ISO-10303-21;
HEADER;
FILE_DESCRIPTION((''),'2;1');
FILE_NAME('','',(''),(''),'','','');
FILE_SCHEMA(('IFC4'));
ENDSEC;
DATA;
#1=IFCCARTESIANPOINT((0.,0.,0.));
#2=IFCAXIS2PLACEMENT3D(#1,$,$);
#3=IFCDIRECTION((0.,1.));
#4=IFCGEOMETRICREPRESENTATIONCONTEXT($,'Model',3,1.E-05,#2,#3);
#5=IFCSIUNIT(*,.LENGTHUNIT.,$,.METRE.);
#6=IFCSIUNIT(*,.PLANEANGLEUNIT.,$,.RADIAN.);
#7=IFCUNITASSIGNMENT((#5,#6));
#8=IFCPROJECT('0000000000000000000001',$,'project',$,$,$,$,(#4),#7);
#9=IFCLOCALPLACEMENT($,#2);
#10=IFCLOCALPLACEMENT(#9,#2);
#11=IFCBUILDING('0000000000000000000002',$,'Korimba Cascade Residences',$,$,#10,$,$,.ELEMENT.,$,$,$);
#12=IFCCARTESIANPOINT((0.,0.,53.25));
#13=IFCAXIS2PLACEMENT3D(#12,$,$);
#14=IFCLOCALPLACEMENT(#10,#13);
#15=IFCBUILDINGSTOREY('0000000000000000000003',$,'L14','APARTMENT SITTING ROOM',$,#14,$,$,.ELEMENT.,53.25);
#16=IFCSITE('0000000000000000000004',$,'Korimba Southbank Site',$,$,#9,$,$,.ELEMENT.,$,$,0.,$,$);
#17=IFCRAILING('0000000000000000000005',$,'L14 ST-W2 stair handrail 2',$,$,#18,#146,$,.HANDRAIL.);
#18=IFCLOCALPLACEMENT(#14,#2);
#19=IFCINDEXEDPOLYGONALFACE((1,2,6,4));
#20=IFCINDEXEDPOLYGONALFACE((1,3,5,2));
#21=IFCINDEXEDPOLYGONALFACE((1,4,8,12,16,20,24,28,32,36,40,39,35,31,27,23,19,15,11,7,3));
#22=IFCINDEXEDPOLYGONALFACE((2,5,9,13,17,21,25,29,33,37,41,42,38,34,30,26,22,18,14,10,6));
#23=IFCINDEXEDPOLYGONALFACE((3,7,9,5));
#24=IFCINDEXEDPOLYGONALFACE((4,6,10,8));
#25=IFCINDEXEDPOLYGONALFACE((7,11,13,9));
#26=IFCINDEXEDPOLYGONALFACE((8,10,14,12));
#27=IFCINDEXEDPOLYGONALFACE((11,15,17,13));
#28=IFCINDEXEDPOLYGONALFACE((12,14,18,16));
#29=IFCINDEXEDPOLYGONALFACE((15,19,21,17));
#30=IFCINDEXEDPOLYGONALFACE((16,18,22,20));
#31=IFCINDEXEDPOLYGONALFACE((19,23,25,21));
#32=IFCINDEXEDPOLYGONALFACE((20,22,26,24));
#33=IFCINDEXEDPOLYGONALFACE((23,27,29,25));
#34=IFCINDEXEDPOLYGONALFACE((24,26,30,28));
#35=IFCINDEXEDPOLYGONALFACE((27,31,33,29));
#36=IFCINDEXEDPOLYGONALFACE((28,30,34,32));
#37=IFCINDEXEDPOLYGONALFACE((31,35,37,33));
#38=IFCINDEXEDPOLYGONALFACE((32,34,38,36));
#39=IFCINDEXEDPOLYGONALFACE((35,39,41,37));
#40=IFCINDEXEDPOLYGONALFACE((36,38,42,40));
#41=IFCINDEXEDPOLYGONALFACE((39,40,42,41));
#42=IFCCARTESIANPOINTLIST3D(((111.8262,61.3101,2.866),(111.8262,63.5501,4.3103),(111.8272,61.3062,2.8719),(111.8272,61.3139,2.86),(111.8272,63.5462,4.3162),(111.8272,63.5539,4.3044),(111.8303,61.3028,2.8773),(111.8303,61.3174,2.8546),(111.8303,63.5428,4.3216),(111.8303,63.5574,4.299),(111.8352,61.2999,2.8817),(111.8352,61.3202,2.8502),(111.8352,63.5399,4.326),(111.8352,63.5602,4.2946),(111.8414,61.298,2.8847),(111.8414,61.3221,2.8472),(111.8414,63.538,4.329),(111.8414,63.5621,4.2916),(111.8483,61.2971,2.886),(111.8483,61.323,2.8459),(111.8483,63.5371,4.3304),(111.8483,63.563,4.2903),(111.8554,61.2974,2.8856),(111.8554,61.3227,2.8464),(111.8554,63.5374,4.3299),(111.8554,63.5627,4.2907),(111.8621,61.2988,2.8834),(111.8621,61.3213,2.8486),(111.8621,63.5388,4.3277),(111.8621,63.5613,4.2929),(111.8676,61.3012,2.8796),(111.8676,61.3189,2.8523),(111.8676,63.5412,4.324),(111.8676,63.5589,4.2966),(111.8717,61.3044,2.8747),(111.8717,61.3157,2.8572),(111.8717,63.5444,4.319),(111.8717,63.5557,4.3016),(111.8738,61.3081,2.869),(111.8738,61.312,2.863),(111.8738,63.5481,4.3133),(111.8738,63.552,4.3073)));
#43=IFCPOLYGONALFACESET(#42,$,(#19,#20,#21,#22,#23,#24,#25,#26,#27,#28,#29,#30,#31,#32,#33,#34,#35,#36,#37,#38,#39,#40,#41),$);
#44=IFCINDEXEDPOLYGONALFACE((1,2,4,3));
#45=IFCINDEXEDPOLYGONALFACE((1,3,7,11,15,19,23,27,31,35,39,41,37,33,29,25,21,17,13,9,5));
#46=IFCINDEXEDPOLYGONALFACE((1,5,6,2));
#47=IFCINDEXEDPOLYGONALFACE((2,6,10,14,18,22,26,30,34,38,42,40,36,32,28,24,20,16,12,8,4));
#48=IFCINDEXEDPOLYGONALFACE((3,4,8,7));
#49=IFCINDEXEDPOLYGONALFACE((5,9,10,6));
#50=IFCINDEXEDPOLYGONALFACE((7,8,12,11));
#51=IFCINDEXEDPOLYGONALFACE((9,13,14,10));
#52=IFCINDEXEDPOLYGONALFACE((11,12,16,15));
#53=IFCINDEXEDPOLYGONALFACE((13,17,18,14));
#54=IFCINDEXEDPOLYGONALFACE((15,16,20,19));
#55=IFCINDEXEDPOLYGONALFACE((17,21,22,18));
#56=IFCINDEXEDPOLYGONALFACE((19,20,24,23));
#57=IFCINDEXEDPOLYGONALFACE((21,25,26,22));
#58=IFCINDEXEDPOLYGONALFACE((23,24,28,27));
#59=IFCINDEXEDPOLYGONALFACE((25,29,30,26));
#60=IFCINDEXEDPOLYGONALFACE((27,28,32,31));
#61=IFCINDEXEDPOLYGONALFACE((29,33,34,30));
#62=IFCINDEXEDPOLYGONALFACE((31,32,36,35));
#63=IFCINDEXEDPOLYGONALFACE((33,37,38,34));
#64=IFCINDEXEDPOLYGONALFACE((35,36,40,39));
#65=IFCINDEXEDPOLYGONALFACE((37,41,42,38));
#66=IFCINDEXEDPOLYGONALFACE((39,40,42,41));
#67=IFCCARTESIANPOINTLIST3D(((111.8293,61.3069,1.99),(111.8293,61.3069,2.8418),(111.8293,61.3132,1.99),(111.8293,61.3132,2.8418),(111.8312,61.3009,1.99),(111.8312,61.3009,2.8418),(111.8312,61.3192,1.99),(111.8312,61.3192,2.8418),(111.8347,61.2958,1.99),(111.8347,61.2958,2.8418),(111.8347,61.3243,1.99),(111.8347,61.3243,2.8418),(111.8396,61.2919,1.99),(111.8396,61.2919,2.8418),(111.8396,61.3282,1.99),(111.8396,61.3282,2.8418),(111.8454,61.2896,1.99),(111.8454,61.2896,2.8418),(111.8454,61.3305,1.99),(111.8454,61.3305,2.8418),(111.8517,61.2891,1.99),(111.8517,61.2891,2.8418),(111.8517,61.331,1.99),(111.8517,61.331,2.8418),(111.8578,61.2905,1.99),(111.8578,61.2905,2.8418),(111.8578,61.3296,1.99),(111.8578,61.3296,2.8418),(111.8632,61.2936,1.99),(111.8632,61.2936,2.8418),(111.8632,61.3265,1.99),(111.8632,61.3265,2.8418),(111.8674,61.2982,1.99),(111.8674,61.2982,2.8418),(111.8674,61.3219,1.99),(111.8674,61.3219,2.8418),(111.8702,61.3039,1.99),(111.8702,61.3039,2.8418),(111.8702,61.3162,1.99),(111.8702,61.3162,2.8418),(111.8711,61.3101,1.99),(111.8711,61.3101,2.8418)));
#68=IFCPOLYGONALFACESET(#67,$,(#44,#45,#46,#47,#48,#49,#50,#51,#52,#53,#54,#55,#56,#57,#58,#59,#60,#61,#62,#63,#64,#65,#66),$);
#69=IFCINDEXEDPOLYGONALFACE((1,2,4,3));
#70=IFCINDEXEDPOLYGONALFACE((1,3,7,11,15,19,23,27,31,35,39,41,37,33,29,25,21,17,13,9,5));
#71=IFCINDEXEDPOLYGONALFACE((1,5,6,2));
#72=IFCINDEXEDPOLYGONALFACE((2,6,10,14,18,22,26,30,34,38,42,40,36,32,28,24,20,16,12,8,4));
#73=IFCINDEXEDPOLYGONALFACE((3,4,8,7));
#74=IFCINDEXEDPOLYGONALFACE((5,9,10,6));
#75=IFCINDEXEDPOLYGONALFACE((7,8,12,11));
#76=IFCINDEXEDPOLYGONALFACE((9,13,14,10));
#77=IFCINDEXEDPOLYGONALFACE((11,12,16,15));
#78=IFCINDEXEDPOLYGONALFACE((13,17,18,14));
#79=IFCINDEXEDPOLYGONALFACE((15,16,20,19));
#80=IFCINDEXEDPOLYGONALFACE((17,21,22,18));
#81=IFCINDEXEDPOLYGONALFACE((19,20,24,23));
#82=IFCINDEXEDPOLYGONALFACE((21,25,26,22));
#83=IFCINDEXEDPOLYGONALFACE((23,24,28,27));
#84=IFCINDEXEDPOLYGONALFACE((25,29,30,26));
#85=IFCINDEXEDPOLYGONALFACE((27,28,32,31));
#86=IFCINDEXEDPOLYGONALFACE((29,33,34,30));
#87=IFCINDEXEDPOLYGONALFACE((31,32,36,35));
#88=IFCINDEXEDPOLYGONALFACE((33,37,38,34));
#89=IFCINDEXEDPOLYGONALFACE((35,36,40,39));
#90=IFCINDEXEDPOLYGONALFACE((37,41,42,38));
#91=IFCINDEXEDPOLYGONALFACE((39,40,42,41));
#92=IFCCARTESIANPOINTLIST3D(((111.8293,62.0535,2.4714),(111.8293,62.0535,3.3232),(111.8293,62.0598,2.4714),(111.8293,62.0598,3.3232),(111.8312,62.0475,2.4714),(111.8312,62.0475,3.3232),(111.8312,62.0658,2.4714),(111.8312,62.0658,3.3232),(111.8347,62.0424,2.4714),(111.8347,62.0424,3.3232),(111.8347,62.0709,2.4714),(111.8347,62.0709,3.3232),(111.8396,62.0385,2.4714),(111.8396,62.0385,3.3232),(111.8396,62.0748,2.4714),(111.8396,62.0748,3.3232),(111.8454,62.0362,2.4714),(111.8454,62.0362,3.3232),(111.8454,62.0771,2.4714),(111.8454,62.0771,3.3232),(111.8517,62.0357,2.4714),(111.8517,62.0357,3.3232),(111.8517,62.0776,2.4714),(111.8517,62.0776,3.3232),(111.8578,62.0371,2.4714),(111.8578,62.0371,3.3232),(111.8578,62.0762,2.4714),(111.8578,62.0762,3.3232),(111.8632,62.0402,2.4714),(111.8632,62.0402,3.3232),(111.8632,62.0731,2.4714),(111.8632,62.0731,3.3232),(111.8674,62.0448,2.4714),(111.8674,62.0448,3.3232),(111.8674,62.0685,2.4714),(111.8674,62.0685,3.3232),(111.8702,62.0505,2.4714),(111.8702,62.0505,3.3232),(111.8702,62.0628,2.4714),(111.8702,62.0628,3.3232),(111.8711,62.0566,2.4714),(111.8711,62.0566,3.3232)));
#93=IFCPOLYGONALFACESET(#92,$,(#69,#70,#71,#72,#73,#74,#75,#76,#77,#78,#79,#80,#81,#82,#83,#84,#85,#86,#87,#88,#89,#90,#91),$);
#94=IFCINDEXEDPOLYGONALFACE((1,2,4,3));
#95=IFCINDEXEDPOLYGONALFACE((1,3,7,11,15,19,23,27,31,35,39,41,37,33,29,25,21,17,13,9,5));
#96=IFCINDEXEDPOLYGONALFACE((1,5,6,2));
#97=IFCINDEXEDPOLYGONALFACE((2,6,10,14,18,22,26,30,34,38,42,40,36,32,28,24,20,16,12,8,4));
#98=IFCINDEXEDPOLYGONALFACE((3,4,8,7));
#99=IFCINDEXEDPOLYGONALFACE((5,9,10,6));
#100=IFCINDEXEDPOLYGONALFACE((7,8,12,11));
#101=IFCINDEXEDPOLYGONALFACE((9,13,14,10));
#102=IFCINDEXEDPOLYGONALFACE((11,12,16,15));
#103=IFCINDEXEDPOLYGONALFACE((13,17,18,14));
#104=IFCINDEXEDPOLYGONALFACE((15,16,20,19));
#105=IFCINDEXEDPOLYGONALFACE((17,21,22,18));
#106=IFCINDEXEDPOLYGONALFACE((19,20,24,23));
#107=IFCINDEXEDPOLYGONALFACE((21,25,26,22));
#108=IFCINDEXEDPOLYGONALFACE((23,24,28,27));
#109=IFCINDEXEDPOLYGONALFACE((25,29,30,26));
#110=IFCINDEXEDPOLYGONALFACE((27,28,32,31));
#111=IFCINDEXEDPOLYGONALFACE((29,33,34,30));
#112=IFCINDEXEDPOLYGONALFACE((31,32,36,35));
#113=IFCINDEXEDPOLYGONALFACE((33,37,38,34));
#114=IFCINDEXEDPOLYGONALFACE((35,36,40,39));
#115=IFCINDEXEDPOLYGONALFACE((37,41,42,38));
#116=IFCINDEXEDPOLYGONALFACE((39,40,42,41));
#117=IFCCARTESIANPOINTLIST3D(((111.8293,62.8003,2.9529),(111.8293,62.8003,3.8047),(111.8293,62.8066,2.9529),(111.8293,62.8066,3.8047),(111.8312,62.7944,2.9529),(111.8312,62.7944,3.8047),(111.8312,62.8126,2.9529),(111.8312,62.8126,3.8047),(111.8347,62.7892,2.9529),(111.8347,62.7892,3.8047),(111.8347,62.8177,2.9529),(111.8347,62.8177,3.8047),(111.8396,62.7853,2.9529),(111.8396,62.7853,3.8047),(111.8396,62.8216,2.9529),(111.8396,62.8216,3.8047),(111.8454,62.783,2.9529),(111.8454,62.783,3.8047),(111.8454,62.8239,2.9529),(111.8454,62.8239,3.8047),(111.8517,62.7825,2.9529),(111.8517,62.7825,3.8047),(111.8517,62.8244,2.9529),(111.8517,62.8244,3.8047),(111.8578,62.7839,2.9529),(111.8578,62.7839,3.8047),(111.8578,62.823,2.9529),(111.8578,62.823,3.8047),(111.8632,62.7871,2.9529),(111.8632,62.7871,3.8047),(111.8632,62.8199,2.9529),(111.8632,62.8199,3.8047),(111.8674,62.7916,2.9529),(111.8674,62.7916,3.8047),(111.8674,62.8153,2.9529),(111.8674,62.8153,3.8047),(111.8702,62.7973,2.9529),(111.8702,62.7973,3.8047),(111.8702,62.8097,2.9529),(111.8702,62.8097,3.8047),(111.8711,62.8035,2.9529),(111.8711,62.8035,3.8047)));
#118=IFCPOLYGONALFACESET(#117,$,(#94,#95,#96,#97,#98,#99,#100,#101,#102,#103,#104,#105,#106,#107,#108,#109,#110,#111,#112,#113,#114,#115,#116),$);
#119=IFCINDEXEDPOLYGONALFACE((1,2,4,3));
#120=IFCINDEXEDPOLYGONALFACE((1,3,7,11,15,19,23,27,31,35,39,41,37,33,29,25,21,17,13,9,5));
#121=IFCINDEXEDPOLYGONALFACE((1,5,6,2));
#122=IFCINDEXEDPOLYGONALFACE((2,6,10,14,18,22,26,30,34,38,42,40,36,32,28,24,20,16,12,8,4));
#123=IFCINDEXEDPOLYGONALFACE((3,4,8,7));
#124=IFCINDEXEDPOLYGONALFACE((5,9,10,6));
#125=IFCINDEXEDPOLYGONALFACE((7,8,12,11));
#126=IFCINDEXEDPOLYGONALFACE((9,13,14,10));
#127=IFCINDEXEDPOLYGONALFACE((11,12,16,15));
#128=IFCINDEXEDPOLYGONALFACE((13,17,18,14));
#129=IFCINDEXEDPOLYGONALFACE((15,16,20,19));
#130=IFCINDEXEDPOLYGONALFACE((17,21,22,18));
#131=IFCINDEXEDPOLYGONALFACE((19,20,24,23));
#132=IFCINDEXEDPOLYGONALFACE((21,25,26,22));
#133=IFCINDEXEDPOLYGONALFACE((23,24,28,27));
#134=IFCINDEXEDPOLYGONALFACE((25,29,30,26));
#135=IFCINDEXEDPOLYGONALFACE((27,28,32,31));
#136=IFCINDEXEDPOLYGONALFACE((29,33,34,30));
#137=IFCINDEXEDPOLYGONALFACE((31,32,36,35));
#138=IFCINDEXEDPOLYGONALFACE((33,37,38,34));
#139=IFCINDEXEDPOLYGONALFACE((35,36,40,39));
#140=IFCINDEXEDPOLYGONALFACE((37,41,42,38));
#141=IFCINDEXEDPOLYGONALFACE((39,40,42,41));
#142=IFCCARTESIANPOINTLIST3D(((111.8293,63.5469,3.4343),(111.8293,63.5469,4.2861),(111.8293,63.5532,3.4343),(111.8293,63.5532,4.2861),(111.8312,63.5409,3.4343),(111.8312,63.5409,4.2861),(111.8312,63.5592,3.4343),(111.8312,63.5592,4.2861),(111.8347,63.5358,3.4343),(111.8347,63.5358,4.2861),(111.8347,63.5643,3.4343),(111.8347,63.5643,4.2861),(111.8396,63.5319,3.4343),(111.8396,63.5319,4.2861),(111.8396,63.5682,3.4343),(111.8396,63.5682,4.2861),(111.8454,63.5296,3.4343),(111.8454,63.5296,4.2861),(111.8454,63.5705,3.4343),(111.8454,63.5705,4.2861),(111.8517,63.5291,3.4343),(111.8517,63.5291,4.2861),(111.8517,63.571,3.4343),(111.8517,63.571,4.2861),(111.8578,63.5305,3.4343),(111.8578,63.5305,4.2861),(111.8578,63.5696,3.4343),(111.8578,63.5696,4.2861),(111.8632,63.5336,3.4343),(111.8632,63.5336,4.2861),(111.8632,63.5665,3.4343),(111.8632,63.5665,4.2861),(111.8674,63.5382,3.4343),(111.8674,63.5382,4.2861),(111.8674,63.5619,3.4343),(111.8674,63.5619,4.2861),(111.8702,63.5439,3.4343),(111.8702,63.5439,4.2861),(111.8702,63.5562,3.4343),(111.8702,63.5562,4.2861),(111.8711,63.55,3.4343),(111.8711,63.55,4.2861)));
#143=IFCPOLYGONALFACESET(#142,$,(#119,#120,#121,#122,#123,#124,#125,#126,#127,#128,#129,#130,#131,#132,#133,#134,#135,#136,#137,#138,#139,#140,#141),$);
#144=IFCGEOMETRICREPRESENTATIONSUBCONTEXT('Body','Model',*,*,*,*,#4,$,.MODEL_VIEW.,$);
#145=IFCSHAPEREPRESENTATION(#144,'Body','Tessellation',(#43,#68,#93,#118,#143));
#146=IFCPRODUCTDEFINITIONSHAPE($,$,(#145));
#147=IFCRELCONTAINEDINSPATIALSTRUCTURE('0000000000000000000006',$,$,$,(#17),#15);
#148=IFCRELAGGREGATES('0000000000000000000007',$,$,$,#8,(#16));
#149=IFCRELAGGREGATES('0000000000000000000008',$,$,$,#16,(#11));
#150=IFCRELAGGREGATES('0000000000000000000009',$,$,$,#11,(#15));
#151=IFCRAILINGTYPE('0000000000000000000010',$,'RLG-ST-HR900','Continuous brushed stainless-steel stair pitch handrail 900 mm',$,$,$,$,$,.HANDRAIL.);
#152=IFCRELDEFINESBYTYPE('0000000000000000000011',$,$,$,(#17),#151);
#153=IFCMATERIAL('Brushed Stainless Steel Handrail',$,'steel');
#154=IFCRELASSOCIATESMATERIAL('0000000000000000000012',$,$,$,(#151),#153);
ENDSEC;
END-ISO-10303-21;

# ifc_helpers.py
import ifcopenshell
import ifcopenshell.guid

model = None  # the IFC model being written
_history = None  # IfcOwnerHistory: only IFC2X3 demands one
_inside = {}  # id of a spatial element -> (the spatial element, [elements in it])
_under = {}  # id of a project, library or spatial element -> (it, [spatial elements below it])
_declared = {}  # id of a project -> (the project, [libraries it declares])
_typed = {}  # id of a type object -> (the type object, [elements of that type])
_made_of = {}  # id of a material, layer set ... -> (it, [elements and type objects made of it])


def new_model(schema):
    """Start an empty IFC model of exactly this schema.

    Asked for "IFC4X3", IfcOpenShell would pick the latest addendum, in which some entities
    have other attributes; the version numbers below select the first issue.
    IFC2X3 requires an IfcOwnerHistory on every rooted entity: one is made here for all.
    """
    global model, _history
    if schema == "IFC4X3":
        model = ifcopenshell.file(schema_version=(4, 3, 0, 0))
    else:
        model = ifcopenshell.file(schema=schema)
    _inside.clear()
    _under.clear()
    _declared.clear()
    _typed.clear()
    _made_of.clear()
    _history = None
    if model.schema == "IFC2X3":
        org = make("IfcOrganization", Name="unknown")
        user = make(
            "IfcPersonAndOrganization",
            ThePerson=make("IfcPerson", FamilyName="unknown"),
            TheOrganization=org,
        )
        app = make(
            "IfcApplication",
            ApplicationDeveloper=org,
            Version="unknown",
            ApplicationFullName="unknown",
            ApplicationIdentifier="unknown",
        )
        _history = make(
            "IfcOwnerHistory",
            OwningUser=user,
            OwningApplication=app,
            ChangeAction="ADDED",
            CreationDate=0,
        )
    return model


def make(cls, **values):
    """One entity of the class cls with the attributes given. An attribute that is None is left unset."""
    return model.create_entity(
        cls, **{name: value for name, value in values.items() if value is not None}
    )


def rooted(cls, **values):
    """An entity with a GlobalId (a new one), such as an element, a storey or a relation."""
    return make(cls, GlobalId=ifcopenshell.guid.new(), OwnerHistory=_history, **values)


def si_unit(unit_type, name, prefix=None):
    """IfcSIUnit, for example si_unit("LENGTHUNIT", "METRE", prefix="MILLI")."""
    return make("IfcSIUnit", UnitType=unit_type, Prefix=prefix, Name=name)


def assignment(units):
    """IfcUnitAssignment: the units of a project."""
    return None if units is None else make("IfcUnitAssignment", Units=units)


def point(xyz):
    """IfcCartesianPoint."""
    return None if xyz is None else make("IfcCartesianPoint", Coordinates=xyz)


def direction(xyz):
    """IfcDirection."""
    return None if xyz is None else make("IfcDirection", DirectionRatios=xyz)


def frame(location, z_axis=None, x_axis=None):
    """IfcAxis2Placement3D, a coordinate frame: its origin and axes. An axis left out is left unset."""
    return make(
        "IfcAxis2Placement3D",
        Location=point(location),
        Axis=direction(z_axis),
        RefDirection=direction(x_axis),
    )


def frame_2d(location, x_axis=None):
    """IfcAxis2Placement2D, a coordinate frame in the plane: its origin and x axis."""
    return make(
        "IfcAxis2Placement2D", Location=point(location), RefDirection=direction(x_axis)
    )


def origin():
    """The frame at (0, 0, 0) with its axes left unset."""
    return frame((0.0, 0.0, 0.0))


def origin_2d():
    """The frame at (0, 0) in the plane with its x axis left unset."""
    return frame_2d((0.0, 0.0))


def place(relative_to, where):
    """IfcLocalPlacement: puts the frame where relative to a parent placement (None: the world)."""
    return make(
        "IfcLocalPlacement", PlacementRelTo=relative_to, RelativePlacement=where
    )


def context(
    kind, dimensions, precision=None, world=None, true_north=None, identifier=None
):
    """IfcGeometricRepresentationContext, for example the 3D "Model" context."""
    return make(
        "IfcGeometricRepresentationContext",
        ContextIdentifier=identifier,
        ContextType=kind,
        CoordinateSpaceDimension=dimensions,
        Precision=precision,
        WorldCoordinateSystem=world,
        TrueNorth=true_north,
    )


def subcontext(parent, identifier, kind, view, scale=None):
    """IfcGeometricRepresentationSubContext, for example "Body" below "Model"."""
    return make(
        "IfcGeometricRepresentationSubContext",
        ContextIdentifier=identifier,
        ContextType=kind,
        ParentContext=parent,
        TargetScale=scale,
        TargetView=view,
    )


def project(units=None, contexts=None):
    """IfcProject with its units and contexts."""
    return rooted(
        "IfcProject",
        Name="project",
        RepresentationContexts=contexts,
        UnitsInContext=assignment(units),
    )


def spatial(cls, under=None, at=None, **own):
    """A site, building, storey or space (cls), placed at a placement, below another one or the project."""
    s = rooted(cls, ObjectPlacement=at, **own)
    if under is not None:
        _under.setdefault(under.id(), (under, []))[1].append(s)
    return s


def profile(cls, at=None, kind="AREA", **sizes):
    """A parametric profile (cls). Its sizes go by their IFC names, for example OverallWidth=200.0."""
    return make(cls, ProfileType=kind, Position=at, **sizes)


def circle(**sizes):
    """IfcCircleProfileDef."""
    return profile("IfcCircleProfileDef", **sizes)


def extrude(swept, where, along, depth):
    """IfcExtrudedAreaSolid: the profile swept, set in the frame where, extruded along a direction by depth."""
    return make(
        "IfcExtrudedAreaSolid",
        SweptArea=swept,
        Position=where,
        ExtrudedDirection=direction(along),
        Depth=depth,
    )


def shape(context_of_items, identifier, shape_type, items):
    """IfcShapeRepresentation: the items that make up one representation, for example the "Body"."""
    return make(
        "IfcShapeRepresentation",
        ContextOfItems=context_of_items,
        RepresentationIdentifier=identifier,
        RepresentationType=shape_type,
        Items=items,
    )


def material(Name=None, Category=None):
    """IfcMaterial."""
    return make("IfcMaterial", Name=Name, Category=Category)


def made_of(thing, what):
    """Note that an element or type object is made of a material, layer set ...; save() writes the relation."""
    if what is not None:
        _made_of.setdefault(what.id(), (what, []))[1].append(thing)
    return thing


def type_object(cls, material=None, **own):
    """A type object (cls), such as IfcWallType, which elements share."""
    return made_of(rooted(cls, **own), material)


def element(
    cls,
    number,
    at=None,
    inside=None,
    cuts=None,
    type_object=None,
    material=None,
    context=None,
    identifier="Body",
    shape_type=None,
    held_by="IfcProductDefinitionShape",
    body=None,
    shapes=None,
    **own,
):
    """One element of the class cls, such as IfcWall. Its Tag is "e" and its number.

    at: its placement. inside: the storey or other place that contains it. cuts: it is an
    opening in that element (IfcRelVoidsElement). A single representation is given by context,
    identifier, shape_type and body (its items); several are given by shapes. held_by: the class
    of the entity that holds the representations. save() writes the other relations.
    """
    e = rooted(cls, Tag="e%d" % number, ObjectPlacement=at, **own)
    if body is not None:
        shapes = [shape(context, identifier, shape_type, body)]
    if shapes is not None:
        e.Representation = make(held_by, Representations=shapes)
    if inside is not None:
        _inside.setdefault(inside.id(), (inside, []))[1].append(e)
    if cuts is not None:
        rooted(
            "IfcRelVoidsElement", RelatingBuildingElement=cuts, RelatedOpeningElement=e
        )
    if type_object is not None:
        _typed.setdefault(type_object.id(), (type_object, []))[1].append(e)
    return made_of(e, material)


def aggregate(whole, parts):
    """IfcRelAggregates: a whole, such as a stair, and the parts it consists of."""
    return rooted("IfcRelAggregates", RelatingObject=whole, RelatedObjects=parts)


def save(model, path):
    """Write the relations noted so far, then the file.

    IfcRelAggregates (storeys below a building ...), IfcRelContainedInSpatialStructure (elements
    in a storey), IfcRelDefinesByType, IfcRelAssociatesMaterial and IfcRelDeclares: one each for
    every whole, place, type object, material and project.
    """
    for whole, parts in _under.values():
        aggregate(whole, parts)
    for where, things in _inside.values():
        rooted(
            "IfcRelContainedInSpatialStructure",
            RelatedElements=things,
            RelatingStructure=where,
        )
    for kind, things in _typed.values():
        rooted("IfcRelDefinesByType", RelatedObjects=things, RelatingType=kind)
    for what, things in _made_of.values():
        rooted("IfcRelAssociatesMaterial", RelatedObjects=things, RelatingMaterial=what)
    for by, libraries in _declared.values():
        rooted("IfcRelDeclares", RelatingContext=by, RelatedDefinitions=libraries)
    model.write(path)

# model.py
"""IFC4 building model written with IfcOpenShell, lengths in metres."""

from ifc_helpers import new_model, si_unit, direction, frame, origin, origin_2d, place, context, subcontext, project, spatial, circle, extrude, material, type_object, element, save


model = new_model("IFC4")

# Units and contexts
model_context = context("Model", 3, precision=1e-05, world=origin(), true_north=direction((0.0, 1.0)))
body_context = subcontext(model_context, "Body", "Model", "MODEL_VIEW")
ifc_project = project(units=[si_unit("LENGTHUNIT", "METRE"), si_unit("PLANEANGLEUNIT", "RADIAN")], contexts=[model_context])

# Site, building, storey
site_placement = place(None, origin())
site = spatial("IfcSite", under=ifc_project, at=site_placement, Name="Korimba Southbank Site", CompositionType="ELEMENT", RefElevation=0.0)
building_placement = place(site_placement, origin())
building = spatial("IfcBuilding", under=site, at=building_placement, Name="Korimba Cascade Residences", CompositionType="ELEMENT")
storey_placement = place(building_placement, frame((0.0, 0.0, 53.25)))
storey = spatial("IfcBuildingStorey", under=building, at=storey_placement, Name="L14", Description="APARTMENT SITTING ROOM", CompositionType="ELEMENT", Elevation=53.25)

# Railing
ifc_material_1 = material(Name="Brushed Stainless Steel Handrail", Category="steel")
railing_type_1 = type_object("IfcRailingType", Name="RLG-ST-HR900", Description="Continuous brushed stainless-steel stair pitch handrail 900 mm", PredefinedType="HANDRAIL", material=ifc_material_1)
railing_1_placement = place(storey_placement, frame((111.8501, 61.3101, 1.99)))
element("IfcRailing", 1, at=railing_1_placement, inside=storey, type_object=railing_type_1, Name="L14 ST-W2 stair handrail 2", PredefinedType="HANDRAIL", context=body_context, shape_type="SweptSolid", body=[
    extrude(circle(Radius=0.0239, at=origin_2d()), frame((0.0, 0.0, 0.876), z_axis=(0.0, 0.840437, 0.54191), x_axis=(-1.0, 0.0, 0.0)), (0.0, 0.0, 1.0), 2.6653),
    extrude(circle(Radius=0.021, at=origin_2d()), origin(), (0.0, 0.0, 1.0), 0.8518),
    extrude(circle(Radius=0.021, at=origin_2d()), frame((0.0, 0.7466, 0.4814)), (0.0, 0.0, 1.0), 0.8518),
    extrude(circle(Radius=0.021, at=origin_2d()), frame((0.0, 1.4934, 0.9629)), (0.0, 0.0, 1.0), 0.8518),
    extrude(circle(Radius=0.021, at=origin_2d()), frame((0.0, 2.24, 1.4443)), (0.0, 0.0, 1.0), 0.8518),
])

save(model, "model.ifc")
